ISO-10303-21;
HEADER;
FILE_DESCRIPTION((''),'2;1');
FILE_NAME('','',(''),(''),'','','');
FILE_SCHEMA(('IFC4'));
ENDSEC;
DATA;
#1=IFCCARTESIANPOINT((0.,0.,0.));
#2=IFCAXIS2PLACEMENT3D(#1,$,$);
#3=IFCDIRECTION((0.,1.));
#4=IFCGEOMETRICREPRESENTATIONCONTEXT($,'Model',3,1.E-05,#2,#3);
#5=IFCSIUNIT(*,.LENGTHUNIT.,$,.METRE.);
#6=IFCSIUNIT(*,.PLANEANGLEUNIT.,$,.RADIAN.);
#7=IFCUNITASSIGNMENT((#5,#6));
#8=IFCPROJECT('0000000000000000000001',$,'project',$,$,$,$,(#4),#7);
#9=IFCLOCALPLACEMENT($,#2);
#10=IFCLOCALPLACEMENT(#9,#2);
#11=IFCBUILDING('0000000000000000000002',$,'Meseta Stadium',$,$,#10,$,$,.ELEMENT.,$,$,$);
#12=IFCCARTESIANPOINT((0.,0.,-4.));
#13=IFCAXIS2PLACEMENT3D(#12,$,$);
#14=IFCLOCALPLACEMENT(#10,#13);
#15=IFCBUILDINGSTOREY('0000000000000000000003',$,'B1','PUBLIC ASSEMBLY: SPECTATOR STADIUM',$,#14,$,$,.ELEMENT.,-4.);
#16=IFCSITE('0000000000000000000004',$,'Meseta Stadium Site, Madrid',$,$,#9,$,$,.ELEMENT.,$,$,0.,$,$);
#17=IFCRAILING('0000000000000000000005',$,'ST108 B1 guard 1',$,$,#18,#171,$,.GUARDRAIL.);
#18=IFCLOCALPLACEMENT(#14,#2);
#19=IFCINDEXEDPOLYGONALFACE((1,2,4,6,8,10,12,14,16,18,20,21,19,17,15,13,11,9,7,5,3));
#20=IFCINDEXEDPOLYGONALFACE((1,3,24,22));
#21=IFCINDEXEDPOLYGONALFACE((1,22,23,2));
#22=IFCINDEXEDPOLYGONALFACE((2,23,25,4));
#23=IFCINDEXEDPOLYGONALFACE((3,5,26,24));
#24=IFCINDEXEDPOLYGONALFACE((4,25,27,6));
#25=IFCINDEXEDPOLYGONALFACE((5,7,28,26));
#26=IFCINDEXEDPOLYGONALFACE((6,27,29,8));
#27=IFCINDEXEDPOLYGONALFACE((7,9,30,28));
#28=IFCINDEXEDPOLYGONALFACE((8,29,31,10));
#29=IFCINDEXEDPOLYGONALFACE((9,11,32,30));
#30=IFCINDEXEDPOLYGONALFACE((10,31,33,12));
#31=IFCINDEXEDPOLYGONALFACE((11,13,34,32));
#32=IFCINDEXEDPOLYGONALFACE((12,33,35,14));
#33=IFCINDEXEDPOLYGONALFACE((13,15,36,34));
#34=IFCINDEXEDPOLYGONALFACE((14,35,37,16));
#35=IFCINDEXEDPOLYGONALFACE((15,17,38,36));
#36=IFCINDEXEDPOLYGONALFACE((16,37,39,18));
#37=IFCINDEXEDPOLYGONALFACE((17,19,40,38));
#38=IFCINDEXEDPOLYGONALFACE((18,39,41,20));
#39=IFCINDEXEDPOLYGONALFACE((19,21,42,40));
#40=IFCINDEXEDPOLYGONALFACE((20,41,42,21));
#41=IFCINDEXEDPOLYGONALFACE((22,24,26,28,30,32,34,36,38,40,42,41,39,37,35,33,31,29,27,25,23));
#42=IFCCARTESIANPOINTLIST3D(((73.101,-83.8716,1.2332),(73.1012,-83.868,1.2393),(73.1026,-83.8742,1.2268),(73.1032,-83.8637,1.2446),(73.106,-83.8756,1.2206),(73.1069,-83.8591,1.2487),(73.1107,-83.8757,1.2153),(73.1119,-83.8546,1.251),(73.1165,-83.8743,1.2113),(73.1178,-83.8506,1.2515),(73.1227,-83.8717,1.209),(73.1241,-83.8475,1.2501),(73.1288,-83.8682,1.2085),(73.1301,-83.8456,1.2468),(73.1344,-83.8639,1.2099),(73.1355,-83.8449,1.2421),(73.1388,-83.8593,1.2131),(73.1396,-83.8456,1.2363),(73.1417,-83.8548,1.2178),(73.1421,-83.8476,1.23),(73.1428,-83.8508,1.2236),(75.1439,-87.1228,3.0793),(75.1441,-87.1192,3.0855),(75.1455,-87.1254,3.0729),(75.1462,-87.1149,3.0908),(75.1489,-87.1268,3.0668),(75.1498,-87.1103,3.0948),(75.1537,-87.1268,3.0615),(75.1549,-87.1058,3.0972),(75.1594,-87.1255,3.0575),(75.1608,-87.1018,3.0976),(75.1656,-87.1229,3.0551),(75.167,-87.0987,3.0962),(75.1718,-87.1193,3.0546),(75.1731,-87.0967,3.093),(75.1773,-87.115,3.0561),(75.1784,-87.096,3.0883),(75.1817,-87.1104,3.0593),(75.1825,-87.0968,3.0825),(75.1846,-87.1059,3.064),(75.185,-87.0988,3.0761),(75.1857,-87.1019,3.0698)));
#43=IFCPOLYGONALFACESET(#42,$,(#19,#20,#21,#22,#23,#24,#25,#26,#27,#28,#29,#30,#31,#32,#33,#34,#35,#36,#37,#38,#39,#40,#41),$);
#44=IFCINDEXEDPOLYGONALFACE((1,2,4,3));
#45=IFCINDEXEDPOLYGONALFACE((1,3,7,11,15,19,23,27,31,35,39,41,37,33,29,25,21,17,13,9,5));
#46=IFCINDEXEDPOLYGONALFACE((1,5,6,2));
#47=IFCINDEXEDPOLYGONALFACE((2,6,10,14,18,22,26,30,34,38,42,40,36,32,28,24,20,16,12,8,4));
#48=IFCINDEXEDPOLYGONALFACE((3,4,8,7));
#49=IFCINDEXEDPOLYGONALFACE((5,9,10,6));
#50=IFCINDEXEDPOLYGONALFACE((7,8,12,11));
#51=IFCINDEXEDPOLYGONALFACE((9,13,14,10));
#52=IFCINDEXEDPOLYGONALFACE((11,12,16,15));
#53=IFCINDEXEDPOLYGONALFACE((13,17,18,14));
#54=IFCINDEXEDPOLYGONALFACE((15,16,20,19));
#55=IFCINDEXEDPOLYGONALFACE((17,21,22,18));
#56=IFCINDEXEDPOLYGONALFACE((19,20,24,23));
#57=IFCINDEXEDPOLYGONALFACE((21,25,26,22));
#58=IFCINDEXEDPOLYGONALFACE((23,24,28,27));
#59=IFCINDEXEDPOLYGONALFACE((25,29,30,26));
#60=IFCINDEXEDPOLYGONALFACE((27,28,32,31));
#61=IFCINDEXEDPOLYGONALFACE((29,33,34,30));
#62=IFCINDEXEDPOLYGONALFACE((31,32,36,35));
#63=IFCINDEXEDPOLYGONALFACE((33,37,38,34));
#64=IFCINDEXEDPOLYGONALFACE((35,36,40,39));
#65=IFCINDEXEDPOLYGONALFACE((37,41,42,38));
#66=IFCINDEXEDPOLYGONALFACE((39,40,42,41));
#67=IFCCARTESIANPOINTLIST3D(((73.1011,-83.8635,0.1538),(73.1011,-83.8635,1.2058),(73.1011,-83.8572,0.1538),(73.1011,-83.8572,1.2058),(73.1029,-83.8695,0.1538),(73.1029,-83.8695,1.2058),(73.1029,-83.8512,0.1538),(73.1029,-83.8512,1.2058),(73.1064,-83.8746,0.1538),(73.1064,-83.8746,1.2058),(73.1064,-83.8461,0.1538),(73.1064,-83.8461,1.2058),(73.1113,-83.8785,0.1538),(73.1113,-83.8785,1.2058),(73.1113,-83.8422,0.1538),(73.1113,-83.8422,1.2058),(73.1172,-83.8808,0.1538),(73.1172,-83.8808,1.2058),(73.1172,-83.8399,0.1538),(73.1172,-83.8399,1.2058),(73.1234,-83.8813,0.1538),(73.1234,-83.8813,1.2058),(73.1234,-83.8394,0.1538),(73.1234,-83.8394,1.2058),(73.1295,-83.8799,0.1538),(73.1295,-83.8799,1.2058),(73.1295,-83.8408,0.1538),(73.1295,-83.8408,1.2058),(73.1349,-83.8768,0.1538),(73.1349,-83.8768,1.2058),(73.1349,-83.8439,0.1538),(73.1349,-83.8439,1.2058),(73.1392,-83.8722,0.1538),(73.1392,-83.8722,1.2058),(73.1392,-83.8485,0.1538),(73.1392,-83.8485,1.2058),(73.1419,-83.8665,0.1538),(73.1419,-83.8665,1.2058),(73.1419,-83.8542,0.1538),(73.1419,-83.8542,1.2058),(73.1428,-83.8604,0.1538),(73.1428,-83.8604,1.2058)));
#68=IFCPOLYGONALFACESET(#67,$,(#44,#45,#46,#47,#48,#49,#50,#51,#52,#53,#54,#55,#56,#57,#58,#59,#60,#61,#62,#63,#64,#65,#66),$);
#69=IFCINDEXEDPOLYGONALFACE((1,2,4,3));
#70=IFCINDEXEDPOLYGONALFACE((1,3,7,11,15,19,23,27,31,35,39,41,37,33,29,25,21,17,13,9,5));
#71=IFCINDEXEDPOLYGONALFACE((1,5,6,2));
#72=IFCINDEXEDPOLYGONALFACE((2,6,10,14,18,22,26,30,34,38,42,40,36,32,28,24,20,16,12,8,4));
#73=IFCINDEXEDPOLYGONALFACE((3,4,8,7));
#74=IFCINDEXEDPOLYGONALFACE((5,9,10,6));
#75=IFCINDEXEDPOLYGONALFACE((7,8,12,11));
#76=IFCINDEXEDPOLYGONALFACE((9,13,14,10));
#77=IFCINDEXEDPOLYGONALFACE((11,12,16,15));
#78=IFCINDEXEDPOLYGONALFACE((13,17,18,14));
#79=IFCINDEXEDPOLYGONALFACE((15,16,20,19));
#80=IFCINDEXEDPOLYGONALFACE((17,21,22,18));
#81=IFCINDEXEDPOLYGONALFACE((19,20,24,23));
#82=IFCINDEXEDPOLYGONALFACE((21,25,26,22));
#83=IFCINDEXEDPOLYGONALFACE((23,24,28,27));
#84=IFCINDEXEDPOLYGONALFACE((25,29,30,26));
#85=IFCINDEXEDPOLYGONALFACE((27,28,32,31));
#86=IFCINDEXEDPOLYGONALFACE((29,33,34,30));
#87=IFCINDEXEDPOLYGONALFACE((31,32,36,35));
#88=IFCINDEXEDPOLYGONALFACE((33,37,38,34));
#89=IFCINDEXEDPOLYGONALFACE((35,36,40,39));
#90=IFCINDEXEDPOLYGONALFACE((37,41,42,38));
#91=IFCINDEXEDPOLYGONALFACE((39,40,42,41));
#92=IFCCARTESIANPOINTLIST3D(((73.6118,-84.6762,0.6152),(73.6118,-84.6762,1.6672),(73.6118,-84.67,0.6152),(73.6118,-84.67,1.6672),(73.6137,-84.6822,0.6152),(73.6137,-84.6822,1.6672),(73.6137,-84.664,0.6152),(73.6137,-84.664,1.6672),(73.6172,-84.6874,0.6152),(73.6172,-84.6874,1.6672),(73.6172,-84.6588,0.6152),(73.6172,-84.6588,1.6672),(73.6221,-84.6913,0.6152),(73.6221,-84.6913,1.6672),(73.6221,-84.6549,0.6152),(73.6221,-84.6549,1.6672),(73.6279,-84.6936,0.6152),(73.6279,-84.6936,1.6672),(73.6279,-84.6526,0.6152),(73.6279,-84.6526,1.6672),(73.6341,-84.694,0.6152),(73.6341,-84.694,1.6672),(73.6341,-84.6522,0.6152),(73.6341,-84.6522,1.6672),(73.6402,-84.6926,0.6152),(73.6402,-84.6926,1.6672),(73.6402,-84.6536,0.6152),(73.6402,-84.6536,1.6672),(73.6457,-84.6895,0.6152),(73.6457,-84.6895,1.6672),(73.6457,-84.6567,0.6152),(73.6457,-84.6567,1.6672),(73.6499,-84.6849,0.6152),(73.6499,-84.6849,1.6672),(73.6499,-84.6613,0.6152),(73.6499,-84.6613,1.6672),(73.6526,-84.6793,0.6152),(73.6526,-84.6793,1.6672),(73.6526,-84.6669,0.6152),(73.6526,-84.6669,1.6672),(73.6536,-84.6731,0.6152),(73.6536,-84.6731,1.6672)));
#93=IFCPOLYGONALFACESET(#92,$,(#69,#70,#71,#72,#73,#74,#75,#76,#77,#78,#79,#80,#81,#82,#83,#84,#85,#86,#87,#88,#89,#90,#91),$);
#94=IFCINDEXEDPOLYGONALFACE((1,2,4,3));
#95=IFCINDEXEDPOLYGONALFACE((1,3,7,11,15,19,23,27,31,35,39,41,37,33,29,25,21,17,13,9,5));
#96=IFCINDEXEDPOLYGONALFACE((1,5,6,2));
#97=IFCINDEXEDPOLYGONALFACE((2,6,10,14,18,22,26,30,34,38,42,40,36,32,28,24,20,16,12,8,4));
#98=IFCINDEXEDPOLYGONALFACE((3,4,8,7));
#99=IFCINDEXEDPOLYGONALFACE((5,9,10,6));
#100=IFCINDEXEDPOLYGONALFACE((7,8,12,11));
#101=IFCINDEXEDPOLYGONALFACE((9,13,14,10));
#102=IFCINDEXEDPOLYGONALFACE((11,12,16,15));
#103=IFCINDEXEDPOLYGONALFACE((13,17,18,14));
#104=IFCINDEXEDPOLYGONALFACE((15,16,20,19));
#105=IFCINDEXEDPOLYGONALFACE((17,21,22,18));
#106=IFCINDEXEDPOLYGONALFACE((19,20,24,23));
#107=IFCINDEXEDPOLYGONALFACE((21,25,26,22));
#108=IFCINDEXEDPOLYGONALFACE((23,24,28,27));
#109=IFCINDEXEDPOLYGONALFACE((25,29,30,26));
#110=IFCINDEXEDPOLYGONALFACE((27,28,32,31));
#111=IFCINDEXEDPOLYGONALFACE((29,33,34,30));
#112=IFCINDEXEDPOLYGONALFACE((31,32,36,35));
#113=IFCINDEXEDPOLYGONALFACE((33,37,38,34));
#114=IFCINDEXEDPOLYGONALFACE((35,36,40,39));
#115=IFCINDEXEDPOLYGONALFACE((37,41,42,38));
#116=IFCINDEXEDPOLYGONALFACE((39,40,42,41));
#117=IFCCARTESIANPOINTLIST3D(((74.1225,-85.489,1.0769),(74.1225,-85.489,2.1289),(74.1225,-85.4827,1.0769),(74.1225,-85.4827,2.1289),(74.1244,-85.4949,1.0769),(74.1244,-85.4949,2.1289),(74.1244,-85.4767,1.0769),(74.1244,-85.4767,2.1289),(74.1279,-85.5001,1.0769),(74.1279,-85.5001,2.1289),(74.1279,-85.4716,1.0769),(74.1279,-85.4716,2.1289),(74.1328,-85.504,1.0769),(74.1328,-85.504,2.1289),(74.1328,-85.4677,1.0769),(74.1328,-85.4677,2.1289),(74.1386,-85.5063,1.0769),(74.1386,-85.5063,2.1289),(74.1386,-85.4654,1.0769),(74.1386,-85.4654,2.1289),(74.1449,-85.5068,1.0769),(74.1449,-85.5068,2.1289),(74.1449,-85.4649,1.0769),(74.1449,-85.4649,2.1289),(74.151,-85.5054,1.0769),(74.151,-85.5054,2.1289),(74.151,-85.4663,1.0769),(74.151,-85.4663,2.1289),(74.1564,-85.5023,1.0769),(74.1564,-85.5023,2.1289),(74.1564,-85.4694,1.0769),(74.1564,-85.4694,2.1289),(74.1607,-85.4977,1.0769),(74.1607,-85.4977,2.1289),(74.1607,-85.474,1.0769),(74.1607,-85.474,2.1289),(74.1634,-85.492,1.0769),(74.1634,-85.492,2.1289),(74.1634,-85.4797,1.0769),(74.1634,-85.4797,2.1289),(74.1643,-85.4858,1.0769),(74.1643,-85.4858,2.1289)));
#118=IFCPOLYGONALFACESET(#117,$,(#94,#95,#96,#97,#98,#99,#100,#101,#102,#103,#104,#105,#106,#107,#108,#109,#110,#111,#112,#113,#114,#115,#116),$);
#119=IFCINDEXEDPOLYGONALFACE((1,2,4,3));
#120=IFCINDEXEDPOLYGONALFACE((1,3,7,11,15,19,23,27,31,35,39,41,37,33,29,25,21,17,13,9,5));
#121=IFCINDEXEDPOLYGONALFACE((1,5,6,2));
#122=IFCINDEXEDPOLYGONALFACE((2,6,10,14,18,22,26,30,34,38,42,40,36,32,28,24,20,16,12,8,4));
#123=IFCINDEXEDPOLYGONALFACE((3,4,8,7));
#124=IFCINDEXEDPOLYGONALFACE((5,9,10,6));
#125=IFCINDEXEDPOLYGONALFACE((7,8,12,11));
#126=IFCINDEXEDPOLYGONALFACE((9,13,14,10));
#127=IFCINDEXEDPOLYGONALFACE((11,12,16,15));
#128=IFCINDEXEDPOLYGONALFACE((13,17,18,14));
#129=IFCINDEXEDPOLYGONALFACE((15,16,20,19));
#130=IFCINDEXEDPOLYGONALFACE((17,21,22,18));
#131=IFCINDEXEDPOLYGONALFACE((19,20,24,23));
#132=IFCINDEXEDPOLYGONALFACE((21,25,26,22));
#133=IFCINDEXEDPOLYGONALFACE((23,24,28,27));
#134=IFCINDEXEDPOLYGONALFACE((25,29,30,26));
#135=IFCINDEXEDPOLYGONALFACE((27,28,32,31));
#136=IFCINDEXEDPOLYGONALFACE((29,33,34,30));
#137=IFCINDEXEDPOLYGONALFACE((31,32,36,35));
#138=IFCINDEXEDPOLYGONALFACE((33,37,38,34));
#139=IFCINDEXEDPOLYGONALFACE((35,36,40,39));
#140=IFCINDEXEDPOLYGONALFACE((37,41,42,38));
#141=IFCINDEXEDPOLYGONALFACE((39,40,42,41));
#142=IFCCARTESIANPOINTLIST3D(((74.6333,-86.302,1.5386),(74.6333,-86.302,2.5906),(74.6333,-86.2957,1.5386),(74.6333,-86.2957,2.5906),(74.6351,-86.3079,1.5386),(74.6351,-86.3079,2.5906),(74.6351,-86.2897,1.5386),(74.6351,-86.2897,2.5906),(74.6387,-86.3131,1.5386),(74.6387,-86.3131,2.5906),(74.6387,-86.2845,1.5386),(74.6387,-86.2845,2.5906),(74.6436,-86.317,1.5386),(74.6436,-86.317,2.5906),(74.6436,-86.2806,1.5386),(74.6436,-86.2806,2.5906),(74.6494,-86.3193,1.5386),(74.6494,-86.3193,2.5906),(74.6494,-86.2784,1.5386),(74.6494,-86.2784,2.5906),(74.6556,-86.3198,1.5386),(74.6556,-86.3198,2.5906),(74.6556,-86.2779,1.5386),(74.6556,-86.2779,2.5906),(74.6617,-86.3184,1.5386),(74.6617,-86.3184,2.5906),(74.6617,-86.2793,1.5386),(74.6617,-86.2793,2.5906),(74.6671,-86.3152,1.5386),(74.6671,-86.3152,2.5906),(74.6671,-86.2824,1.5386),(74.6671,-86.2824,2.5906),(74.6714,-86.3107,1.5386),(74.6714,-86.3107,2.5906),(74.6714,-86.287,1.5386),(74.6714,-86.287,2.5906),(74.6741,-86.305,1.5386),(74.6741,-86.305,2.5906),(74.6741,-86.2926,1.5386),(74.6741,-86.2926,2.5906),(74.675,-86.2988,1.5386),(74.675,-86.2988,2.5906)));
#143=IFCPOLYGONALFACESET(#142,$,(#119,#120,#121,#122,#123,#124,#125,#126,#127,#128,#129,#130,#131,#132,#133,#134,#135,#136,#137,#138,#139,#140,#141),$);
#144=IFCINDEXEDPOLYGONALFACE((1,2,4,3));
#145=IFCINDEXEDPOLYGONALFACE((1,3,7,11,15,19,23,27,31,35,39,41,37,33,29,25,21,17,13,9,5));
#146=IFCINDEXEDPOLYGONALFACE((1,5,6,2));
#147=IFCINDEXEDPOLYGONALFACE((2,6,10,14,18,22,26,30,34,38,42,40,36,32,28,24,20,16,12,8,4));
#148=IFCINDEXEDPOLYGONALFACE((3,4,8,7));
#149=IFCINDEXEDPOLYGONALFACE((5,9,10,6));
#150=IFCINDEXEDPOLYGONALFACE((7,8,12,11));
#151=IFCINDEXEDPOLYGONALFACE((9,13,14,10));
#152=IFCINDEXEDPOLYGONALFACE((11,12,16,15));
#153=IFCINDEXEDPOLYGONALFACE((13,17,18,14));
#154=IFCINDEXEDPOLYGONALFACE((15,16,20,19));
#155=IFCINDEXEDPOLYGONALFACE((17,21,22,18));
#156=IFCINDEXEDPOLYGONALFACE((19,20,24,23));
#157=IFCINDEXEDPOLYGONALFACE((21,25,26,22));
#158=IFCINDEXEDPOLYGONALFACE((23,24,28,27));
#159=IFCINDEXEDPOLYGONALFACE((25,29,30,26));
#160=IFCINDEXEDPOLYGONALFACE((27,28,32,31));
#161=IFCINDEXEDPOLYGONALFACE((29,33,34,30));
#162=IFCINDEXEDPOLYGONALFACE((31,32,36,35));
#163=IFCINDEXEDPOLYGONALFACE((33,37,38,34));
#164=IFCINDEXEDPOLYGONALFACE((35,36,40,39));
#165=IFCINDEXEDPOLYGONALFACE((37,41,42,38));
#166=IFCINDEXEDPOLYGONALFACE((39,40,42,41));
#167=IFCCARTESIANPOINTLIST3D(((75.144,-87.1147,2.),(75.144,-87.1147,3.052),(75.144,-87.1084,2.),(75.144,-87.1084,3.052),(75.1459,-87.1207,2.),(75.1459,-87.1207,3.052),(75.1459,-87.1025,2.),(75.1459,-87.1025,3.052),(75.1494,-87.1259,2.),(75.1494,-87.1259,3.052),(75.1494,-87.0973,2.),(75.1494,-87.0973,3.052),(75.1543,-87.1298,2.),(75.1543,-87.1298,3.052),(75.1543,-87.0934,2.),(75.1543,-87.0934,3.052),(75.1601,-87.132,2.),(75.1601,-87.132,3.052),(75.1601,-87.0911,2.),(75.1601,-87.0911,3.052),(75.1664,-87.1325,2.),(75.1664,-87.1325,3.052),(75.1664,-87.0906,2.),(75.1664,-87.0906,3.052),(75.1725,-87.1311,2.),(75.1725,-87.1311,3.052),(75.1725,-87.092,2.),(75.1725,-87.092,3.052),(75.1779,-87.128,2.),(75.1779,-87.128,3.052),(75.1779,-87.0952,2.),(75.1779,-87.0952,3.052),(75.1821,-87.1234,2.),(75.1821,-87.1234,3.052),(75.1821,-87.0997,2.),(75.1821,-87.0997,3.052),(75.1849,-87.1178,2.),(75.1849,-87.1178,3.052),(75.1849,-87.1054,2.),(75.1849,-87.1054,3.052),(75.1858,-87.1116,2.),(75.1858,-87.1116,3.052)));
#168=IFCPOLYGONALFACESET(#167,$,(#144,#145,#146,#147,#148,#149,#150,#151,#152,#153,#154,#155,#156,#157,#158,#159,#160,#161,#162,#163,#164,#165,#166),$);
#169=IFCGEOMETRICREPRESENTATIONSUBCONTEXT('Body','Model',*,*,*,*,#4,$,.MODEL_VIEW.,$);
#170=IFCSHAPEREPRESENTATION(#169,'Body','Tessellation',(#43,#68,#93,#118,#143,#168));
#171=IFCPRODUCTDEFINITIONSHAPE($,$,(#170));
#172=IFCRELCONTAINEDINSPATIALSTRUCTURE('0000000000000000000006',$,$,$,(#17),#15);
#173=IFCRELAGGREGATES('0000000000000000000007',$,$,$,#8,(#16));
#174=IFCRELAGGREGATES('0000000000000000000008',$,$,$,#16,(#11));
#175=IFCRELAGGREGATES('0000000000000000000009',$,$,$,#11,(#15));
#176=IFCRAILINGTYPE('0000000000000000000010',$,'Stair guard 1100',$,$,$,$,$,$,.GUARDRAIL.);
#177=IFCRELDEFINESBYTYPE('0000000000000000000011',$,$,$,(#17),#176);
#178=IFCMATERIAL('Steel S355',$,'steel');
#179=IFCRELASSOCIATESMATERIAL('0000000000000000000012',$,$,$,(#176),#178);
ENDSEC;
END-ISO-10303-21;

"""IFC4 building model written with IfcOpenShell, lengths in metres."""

from ifc_helpers import new_model, si_unit, direction, frame, origin, origin_2d, place, context, subcontext, project, spatial, circle, extrude, material, type_object, element, save


model = new_model("IFC4")

# Units and contexts
model_context = context("Model", 3, precision=1e-05, world=origin(), true_north=direction((0.0, 1.0)))
body_context = subcontext(model_context, "Body", "Model", "MODEL_VIEW")
ifc_project = project(units=[si_unit("LENGTHUNIT", "METRE"), si_unit("PLANEANGLEUNIT", "RADIAN")], contexts=[model_context])

# Site, building, storey
site_placement = place(None, origin())
site = spatial("IfcSite", under=ifc_project, at=site_placement, Name="Meseta Stadium Site, Madrid", CompositionType="ELEMENT", RefElevation=0.0)
building_placement = place(site_placement, origin())
building = spatial("IfcBuilding", under=site, at=building_placement, Name="Meseta Stadium", CompositionType="ELEMENT")
storey_placement = place(building_placement, frame((0.0, 0.0, -4.0)))
storey = spatial("IfcBuildingStorey", under=building, at=storey_placement, Name="B1", Description="PUBLIC ASSEMBLY: SPECTATOR STADIUM", CompositionType="ELEMENT", Elevation=-4.0)

# Railing
ifc_material_1 = material(Name="Steel S355", Category="steel")
railing_type_1 = type_object("IfcRailingType", Name="Stair guard 1100", PredefinedType="GUARDRAIL", material=ifc_material_1)
railing_1_placement = place(storey_placement, frame((73.1218, -83.8604, 0.1538)))
element("IfcRailing", 1, at=railing_1_placement, inside=storey, type_object=railing_type_1, Name="ST108 B1 guard 1", PredefinedType="GUARDRAIL", context=body_context, shape_type="SweptSolid", body=[
    extrude(circle(Radius=0.0239, at=origin_2d()), frame((0.0, 0.0, 1.0762), z_axis=(0.479504, -0.763093, 0.433319), x_axis=(0.846713, 0.532049, 0.0)), (0.0, 0.0, 1.0), 4.2605),
    extrude(circle(Radius=0.021, at=origin_2d()), origin(), (0.0, 0.0, 1.0), 1.052),
    extrude(circle(Radius=0.021, at=origin_2d()), frame((0.5107, -0.8127, 0.4614)), (0.0, 0.0, 1.0), 1.052),
    extrude(circle(Radius=0.021, at=origin_2d()), frame((1.0215, -1.6255, 0.9231)), (0.0, 0.0, 1.0), 1.052),
    extrude(circle(Radius=0.021, at=origin_2d()), frame((1.5322, -2.4385, 1.3848)), (0.0, 0.0, 1.0), 1.052),
    extrude(circle(Radius=0.021, at=origin_2d()), frame((2.043, -3.2512, 1.8462)), (0.0, 0.0, 1.0), 1.052),
])

save(model, "model.ifc")
